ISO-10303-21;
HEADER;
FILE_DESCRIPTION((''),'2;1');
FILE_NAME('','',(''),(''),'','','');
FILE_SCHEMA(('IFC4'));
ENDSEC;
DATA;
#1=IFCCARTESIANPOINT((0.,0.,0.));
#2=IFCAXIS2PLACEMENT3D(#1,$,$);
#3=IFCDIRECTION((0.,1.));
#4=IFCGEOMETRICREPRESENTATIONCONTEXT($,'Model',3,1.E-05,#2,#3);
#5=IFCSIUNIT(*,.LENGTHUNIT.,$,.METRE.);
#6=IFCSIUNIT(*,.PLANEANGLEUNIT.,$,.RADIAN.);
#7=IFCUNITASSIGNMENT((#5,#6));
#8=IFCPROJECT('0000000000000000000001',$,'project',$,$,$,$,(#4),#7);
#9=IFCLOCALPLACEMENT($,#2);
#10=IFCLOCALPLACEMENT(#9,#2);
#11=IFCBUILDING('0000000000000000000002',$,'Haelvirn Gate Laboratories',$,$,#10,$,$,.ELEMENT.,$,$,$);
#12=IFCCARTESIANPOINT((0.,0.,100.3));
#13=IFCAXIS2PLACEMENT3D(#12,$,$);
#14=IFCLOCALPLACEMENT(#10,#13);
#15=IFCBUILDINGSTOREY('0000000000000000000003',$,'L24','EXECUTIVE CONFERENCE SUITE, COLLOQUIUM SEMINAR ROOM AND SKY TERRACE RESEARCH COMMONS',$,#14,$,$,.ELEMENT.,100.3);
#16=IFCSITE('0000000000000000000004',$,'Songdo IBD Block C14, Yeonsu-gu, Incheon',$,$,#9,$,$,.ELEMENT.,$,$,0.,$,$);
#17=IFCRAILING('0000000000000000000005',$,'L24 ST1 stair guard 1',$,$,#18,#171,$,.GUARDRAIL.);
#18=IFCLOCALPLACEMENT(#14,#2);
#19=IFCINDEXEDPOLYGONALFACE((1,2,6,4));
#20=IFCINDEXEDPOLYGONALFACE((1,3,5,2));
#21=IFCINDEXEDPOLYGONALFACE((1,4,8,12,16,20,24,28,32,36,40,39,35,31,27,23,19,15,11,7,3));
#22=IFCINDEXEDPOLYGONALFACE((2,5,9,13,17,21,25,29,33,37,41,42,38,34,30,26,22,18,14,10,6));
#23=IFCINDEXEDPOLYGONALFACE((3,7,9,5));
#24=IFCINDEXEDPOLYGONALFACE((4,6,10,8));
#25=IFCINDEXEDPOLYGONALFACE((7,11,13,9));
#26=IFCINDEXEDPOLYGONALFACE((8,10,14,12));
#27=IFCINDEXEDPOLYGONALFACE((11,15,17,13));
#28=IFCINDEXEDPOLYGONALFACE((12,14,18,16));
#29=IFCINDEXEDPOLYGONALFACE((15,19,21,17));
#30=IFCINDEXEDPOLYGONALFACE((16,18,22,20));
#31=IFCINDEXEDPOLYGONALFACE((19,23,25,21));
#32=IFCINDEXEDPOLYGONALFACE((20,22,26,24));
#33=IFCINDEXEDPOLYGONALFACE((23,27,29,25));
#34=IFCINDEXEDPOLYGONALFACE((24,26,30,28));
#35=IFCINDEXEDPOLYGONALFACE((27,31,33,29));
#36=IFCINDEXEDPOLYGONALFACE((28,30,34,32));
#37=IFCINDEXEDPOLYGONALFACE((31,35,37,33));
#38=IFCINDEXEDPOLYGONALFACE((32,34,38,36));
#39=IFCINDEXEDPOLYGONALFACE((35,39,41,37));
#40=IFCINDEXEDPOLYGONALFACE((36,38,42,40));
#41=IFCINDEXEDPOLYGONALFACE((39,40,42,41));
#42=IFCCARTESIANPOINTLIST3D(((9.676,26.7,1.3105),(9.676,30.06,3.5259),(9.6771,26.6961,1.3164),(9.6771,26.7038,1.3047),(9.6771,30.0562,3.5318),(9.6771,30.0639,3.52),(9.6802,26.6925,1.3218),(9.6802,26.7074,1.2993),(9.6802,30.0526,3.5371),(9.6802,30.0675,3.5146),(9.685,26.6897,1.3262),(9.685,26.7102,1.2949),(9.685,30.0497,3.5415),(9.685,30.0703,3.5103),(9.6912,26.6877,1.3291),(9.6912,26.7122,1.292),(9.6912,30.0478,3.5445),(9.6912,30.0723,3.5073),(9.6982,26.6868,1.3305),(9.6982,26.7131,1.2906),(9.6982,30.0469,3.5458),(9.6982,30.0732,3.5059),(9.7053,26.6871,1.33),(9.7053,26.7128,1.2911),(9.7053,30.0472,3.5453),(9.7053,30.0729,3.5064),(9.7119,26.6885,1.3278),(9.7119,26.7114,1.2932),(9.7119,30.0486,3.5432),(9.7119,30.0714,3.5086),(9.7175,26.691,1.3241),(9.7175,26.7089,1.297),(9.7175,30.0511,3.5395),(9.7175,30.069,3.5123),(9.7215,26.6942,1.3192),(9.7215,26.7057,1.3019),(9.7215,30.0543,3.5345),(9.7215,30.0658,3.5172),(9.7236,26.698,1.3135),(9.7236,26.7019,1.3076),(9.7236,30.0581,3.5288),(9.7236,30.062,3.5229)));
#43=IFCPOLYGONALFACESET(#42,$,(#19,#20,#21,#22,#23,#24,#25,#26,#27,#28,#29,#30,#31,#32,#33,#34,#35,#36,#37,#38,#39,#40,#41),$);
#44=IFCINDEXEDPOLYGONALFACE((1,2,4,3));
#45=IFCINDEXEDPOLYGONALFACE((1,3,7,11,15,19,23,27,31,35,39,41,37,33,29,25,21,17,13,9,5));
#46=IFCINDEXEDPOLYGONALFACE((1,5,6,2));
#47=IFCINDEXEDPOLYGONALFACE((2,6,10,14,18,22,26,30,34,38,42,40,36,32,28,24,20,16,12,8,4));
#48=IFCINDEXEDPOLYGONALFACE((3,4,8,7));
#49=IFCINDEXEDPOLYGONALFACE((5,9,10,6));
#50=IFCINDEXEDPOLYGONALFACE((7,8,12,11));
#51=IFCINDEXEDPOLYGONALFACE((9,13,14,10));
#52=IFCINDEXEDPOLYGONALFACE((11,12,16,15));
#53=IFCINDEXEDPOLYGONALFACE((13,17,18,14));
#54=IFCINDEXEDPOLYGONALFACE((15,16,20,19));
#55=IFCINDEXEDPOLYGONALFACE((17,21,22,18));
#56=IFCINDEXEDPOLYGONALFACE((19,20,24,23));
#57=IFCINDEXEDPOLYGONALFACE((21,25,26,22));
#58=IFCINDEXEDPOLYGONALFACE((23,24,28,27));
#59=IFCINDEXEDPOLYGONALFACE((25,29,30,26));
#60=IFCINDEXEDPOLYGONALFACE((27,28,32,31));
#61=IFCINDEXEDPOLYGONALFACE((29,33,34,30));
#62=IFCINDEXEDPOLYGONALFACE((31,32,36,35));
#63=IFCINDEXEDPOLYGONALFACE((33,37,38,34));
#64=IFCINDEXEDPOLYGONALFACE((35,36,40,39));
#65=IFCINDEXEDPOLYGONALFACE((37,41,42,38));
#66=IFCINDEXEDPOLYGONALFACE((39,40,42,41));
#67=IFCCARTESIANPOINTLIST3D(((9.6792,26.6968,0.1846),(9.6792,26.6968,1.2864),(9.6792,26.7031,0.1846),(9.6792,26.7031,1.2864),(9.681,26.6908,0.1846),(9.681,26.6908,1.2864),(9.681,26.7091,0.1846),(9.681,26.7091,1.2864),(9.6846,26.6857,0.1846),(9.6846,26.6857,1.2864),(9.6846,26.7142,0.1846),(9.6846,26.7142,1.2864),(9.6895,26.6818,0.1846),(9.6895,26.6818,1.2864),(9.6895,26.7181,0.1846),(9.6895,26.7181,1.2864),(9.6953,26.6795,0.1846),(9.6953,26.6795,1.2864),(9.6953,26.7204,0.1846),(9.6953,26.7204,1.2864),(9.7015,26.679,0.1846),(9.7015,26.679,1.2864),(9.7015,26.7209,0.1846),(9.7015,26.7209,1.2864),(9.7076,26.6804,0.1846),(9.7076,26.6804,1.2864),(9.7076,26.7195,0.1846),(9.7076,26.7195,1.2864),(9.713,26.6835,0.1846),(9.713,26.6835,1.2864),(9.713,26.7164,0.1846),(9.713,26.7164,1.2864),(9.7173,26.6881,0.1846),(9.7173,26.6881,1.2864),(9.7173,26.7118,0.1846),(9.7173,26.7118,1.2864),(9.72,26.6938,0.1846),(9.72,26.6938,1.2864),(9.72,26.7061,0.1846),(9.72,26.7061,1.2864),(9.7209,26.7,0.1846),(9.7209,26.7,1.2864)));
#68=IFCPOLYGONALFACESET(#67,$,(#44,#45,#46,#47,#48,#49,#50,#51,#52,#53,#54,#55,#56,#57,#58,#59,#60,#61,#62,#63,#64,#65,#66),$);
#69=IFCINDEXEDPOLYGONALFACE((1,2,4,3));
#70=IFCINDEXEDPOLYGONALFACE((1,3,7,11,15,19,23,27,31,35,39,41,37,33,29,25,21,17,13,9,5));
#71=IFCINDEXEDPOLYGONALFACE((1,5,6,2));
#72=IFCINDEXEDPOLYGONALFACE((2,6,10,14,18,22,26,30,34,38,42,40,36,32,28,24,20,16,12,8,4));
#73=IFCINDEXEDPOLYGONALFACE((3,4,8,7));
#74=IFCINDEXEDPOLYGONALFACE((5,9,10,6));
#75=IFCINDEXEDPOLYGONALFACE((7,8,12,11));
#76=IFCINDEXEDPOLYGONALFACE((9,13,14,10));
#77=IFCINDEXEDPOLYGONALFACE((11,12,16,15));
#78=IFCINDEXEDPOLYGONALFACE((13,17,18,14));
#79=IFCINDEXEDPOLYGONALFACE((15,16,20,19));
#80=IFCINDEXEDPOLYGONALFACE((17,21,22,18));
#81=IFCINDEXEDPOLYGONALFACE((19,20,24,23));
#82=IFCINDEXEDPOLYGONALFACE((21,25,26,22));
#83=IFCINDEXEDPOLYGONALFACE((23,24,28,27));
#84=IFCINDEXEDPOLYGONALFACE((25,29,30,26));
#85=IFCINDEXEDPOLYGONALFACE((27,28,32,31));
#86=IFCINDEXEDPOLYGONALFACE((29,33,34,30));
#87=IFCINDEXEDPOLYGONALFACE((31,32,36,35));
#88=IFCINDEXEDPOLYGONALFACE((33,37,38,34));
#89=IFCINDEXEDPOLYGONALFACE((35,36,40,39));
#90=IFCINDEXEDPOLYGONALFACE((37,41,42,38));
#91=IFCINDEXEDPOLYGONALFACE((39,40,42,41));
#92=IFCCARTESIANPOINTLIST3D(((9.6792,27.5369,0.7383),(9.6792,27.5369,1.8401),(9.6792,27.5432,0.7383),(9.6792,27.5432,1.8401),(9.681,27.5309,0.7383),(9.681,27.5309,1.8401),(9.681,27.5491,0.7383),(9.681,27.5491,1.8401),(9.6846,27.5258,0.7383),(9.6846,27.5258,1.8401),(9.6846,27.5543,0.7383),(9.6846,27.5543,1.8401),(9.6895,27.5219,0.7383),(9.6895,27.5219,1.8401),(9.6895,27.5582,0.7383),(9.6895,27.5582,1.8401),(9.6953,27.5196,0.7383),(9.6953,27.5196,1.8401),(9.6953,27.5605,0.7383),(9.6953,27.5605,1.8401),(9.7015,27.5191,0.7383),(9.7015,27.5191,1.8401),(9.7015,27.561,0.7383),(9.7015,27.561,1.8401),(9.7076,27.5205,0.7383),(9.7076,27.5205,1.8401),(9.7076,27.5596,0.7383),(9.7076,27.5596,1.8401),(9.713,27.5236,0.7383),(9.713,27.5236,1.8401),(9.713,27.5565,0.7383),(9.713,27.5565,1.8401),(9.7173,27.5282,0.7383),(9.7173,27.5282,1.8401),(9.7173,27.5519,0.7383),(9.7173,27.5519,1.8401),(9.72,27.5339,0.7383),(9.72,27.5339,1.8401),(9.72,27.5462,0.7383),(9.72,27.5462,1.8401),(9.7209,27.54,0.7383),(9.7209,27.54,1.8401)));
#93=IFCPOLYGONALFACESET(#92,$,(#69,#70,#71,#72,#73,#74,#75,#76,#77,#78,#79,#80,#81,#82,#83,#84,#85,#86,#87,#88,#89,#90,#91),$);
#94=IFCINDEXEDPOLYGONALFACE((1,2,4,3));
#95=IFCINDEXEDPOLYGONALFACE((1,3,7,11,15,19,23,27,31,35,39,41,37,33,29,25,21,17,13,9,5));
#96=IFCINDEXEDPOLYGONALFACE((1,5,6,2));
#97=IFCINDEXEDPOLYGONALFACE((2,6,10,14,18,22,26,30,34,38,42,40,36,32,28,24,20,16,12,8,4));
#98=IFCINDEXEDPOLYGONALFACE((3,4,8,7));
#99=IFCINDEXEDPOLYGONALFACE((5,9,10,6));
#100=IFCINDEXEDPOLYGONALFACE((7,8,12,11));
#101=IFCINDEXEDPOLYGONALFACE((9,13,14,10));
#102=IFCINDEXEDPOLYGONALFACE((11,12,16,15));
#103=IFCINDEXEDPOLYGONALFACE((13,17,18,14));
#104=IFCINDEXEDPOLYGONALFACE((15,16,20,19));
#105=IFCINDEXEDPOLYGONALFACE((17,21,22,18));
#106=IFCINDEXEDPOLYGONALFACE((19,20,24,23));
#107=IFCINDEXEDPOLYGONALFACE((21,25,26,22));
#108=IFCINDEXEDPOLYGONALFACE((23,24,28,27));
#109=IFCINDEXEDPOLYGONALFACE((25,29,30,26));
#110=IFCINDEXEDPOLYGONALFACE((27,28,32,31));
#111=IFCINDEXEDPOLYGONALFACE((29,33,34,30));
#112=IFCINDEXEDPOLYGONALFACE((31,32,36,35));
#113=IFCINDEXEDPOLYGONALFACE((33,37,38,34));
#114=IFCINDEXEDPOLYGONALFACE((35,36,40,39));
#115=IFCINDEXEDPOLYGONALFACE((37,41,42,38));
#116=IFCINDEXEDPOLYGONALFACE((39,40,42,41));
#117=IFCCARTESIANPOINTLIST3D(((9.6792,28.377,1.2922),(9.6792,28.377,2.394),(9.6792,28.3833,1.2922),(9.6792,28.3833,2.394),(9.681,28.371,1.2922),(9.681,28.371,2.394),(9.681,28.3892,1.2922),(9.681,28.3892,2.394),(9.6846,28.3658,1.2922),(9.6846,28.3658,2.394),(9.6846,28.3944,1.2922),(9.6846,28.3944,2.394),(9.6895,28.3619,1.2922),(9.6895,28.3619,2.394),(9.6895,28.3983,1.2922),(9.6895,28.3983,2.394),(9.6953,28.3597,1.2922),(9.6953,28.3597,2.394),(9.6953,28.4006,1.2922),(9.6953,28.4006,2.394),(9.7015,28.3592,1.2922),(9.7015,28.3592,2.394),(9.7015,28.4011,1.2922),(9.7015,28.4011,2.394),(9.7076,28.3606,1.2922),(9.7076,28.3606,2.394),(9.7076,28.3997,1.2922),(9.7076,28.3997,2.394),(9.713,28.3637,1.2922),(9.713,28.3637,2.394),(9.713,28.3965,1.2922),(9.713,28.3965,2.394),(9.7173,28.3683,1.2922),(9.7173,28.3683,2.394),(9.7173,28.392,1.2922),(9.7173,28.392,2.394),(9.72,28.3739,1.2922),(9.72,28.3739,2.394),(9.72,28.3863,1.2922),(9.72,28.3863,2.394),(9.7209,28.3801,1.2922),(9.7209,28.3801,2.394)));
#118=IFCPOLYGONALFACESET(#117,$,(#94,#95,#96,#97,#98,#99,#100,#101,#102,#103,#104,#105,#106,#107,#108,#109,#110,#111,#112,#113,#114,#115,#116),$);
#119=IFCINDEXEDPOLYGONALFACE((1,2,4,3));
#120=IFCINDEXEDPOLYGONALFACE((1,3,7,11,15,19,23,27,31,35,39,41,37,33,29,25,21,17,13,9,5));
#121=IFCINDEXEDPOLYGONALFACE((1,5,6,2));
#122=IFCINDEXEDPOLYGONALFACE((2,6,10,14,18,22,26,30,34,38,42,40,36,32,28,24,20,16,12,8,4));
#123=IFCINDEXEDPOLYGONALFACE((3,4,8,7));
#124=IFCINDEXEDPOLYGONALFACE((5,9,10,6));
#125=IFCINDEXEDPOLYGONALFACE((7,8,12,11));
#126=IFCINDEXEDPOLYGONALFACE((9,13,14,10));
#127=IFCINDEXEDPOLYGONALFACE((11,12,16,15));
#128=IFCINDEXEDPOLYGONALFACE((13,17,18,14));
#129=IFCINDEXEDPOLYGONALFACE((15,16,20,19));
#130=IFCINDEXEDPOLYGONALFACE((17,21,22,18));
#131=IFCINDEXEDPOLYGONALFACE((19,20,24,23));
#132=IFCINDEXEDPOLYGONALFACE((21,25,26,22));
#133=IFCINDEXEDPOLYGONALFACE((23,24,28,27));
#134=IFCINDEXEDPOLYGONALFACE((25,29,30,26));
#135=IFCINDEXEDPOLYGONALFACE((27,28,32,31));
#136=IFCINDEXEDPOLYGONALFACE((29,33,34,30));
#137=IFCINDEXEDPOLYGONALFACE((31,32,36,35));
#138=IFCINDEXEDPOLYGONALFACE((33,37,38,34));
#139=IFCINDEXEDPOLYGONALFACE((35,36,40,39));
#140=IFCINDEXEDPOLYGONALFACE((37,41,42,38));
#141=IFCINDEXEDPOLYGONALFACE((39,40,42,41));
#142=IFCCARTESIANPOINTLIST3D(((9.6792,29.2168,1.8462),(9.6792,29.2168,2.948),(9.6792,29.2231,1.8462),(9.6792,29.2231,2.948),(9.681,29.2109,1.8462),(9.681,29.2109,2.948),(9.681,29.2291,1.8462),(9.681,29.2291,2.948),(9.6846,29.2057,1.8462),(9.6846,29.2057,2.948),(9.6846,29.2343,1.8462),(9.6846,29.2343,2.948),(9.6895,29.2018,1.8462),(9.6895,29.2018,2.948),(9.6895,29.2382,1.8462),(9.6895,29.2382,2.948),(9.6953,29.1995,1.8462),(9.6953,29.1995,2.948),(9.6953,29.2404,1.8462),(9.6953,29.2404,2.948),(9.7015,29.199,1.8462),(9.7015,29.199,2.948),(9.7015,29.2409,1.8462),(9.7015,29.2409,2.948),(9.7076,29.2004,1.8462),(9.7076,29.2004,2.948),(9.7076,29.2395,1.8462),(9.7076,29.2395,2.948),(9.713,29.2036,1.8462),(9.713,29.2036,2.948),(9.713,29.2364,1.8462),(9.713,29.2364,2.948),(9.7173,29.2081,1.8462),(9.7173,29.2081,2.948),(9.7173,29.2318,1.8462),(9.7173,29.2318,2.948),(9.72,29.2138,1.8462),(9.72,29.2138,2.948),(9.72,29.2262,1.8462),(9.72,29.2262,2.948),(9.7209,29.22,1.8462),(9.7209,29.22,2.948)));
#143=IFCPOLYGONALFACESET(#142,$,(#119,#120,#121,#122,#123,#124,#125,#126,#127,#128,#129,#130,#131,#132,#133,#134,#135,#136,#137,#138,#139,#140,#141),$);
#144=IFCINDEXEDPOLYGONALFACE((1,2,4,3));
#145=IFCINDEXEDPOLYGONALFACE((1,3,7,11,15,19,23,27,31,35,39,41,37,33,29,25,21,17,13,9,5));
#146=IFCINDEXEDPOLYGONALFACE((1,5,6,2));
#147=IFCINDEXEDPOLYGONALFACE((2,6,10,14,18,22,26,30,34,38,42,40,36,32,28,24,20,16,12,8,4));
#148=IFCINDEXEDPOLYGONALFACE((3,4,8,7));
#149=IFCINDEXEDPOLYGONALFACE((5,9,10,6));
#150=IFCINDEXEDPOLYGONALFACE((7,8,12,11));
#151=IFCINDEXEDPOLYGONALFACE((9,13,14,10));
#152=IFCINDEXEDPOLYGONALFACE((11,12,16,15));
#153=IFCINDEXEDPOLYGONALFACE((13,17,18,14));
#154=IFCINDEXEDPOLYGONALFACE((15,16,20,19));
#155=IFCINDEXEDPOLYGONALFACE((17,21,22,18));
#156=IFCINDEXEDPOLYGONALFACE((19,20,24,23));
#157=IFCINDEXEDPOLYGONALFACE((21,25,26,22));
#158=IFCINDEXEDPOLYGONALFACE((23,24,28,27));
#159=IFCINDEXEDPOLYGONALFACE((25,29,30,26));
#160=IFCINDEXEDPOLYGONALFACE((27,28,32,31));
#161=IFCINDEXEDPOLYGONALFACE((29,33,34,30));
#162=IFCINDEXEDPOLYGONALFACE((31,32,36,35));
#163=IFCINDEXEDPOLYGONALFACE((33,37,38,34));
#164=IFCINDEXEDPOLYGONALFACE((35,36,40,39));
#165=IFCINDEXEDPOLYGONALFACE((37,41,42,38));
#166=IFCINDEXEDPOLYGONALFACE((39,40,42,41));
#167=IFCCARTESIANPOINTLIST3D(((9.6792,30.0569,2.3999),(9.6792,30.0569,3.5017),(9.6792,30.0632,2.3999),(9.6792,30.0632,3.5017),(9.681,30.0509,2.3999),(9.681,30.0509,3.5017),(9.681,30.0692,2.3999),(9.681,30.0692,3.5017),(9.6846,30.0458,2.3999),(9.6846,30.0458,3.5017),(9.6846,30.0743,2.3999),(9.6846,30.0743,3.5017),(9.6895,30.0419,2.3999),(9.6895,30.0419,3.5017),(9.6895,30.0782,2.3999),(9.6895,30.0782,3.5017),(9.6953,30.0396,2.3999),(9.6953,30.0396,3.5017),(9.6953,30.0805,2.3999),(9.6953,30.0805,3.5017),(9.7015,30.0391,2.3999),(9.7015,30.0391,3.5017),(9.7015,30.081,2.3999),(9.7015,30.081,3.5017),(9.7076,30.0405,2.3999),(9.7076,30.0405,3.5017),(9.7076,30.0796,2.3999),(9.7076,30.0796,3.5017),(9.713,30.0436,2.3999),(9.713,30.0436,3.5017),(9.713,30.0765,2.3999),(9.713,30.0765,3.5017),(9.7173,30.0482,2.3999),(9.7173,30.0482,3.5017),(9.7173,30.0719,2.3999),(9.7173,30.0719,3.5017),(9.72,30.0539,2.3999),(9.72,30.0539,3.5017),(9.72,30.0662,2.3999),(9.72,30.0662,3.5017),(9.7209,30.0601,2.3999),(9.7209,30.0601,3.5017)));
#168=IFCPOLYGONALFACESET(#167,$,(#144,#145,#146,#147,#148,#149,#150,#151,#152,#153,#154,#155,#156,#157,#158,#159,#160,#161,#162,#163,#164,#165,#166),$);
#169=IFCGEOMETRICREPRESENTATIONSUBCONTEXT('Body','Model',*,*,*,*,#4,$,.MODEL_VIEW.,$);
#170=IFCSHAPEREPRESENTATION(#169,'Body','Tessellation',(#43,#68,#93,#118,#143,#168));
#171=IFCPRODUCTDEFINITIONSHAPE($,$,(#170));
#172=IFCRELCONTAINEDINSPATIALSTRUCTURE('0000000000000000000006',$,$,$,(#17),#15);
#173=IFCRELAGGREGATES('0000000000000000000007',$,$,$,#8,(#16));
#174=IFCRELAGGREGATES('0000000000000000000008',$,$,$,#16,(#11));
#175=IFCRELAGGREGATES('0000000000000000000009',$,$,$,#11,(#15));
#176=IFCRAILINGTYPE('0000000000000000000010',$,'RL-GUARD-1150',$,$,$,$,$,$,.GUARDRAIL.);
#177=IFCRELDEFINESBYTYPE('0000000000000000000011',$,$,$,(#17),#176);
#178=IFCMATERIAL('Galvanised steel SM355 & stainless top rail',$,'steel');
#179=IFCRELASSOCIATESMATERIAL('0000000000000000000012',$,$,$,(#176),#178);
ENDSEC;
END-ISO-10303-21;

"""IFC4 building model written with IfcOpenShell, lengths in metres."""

from ifc_helpers import new_model, si_unit, direction, frame, origin, origin_2d, place, context, subcontext, project, spatial, circle, extrude, source, transform, mapped, material, type_object, element, save


model = new_model("IFC4")

# Units and contexts
model_context = context("Model", 3, precision=1e-05, world=origin(), true_north=direction((0.0, 1.0)))
body_context = subcontext(model_context, "Body", "Model", "MODEL_VIEW")
ifc_project = project(units=[si_unit("LENGTHUNIT", "METRE"), si_unit("PLANEANGLEUNIT", "RADIAN")], contexts=[model_context])

# Site, building, storey
site_placement = place(None, origin())
site = spatial("IfcSite", under=ifc_project, at=site_placement, Name="Songdo IBD Block C14, Yeonsu-gu, Incheon", CompositionType="ELEMENT", RefElevation=0.0)
building_placement = place(site_placement, origin())
building = spatial("IfcBuilding", under=site, at=building_placement, Name="Haelvirn Gate Laboratories", CompositionType="ELEMENT")
storey_placement = place(building_placement, frame((0.0, 0.0, 100.3)))
storey = spatial("IfcBuildingStorey", under=building, at=storey_placement, Name="L24", Description="EXECUTIVE CONFERENCE SUITE, COLLOQUIUM SEMINAR ROOM AND SKY TERRACE RESEARCH COMMONS", CompositionType="ELEMENT", Elevation=100.3)

# Railing
ifc_material_1 = material(Name="Galvanised steel SM355 & stainless top rail", Category="steel")
railing_type_1 = type_object("IfcRailingType", Name="RL-GUARD-1150", PredefinedType="GUARDRAIL", material=ifc_material_1)
shared_shape_1 = source(origin(), body_context, "Body", "SweptSolid", [
    extrude(circle(Radius=0.0239, at=origin_2d()), frame((0.0, 0.0, 1.126), z_axis=(0.0, 0.834876, 0.550437), x_axis=(-1.0, 0.0, 0.0)), (0.0, 0.0, 1.0), 4.0247),
    extrude(circle(Radius=0.021, at=origin_2d()), origin(), (0.0, 0.0, 1.0), 1.1018),
    extrude(circle(Radius=0.021, at=origin_2d()), frame((0.0, 0.8401, 0.5537)), (0.0, 0.0, 1.0), 1.1018),
    extrude(circle(Radius=0.021, at=origin_2d()), frame((0.0, 1.6802, 1.1077)), (0.0, 0.0, 1.0), 1.1018),
    extrude(circle(Radius=0.021, at=origin_2d()), frame((0.0, 2.52, 1.6616)), (0.0, 0.0, 1.0), 1.1018),
    extrude(circle(Radius=0.021, at=origin_2d()), frame((0.0, 3.3601, 2.2153)), (0.0, 0.0, 1.0), 1.1018),
])
railing_1_placement = place(storey_placement, frame((9.7, 26.7, 0.1846)))
element("IfcRailing", 1, at=railing_1_placement, inside=storey, type_object=railing_type_1, Name="L24 ST1 stair guard 1", PredefinedType="GUARDRAIL", context=body_context, shape_type="MappedRepresentation", body=[
    mapped(shared_shape_1, transform((0.0, 0.0, 0.0), scale=1.0)),
])

save(model, "model.ifc")
